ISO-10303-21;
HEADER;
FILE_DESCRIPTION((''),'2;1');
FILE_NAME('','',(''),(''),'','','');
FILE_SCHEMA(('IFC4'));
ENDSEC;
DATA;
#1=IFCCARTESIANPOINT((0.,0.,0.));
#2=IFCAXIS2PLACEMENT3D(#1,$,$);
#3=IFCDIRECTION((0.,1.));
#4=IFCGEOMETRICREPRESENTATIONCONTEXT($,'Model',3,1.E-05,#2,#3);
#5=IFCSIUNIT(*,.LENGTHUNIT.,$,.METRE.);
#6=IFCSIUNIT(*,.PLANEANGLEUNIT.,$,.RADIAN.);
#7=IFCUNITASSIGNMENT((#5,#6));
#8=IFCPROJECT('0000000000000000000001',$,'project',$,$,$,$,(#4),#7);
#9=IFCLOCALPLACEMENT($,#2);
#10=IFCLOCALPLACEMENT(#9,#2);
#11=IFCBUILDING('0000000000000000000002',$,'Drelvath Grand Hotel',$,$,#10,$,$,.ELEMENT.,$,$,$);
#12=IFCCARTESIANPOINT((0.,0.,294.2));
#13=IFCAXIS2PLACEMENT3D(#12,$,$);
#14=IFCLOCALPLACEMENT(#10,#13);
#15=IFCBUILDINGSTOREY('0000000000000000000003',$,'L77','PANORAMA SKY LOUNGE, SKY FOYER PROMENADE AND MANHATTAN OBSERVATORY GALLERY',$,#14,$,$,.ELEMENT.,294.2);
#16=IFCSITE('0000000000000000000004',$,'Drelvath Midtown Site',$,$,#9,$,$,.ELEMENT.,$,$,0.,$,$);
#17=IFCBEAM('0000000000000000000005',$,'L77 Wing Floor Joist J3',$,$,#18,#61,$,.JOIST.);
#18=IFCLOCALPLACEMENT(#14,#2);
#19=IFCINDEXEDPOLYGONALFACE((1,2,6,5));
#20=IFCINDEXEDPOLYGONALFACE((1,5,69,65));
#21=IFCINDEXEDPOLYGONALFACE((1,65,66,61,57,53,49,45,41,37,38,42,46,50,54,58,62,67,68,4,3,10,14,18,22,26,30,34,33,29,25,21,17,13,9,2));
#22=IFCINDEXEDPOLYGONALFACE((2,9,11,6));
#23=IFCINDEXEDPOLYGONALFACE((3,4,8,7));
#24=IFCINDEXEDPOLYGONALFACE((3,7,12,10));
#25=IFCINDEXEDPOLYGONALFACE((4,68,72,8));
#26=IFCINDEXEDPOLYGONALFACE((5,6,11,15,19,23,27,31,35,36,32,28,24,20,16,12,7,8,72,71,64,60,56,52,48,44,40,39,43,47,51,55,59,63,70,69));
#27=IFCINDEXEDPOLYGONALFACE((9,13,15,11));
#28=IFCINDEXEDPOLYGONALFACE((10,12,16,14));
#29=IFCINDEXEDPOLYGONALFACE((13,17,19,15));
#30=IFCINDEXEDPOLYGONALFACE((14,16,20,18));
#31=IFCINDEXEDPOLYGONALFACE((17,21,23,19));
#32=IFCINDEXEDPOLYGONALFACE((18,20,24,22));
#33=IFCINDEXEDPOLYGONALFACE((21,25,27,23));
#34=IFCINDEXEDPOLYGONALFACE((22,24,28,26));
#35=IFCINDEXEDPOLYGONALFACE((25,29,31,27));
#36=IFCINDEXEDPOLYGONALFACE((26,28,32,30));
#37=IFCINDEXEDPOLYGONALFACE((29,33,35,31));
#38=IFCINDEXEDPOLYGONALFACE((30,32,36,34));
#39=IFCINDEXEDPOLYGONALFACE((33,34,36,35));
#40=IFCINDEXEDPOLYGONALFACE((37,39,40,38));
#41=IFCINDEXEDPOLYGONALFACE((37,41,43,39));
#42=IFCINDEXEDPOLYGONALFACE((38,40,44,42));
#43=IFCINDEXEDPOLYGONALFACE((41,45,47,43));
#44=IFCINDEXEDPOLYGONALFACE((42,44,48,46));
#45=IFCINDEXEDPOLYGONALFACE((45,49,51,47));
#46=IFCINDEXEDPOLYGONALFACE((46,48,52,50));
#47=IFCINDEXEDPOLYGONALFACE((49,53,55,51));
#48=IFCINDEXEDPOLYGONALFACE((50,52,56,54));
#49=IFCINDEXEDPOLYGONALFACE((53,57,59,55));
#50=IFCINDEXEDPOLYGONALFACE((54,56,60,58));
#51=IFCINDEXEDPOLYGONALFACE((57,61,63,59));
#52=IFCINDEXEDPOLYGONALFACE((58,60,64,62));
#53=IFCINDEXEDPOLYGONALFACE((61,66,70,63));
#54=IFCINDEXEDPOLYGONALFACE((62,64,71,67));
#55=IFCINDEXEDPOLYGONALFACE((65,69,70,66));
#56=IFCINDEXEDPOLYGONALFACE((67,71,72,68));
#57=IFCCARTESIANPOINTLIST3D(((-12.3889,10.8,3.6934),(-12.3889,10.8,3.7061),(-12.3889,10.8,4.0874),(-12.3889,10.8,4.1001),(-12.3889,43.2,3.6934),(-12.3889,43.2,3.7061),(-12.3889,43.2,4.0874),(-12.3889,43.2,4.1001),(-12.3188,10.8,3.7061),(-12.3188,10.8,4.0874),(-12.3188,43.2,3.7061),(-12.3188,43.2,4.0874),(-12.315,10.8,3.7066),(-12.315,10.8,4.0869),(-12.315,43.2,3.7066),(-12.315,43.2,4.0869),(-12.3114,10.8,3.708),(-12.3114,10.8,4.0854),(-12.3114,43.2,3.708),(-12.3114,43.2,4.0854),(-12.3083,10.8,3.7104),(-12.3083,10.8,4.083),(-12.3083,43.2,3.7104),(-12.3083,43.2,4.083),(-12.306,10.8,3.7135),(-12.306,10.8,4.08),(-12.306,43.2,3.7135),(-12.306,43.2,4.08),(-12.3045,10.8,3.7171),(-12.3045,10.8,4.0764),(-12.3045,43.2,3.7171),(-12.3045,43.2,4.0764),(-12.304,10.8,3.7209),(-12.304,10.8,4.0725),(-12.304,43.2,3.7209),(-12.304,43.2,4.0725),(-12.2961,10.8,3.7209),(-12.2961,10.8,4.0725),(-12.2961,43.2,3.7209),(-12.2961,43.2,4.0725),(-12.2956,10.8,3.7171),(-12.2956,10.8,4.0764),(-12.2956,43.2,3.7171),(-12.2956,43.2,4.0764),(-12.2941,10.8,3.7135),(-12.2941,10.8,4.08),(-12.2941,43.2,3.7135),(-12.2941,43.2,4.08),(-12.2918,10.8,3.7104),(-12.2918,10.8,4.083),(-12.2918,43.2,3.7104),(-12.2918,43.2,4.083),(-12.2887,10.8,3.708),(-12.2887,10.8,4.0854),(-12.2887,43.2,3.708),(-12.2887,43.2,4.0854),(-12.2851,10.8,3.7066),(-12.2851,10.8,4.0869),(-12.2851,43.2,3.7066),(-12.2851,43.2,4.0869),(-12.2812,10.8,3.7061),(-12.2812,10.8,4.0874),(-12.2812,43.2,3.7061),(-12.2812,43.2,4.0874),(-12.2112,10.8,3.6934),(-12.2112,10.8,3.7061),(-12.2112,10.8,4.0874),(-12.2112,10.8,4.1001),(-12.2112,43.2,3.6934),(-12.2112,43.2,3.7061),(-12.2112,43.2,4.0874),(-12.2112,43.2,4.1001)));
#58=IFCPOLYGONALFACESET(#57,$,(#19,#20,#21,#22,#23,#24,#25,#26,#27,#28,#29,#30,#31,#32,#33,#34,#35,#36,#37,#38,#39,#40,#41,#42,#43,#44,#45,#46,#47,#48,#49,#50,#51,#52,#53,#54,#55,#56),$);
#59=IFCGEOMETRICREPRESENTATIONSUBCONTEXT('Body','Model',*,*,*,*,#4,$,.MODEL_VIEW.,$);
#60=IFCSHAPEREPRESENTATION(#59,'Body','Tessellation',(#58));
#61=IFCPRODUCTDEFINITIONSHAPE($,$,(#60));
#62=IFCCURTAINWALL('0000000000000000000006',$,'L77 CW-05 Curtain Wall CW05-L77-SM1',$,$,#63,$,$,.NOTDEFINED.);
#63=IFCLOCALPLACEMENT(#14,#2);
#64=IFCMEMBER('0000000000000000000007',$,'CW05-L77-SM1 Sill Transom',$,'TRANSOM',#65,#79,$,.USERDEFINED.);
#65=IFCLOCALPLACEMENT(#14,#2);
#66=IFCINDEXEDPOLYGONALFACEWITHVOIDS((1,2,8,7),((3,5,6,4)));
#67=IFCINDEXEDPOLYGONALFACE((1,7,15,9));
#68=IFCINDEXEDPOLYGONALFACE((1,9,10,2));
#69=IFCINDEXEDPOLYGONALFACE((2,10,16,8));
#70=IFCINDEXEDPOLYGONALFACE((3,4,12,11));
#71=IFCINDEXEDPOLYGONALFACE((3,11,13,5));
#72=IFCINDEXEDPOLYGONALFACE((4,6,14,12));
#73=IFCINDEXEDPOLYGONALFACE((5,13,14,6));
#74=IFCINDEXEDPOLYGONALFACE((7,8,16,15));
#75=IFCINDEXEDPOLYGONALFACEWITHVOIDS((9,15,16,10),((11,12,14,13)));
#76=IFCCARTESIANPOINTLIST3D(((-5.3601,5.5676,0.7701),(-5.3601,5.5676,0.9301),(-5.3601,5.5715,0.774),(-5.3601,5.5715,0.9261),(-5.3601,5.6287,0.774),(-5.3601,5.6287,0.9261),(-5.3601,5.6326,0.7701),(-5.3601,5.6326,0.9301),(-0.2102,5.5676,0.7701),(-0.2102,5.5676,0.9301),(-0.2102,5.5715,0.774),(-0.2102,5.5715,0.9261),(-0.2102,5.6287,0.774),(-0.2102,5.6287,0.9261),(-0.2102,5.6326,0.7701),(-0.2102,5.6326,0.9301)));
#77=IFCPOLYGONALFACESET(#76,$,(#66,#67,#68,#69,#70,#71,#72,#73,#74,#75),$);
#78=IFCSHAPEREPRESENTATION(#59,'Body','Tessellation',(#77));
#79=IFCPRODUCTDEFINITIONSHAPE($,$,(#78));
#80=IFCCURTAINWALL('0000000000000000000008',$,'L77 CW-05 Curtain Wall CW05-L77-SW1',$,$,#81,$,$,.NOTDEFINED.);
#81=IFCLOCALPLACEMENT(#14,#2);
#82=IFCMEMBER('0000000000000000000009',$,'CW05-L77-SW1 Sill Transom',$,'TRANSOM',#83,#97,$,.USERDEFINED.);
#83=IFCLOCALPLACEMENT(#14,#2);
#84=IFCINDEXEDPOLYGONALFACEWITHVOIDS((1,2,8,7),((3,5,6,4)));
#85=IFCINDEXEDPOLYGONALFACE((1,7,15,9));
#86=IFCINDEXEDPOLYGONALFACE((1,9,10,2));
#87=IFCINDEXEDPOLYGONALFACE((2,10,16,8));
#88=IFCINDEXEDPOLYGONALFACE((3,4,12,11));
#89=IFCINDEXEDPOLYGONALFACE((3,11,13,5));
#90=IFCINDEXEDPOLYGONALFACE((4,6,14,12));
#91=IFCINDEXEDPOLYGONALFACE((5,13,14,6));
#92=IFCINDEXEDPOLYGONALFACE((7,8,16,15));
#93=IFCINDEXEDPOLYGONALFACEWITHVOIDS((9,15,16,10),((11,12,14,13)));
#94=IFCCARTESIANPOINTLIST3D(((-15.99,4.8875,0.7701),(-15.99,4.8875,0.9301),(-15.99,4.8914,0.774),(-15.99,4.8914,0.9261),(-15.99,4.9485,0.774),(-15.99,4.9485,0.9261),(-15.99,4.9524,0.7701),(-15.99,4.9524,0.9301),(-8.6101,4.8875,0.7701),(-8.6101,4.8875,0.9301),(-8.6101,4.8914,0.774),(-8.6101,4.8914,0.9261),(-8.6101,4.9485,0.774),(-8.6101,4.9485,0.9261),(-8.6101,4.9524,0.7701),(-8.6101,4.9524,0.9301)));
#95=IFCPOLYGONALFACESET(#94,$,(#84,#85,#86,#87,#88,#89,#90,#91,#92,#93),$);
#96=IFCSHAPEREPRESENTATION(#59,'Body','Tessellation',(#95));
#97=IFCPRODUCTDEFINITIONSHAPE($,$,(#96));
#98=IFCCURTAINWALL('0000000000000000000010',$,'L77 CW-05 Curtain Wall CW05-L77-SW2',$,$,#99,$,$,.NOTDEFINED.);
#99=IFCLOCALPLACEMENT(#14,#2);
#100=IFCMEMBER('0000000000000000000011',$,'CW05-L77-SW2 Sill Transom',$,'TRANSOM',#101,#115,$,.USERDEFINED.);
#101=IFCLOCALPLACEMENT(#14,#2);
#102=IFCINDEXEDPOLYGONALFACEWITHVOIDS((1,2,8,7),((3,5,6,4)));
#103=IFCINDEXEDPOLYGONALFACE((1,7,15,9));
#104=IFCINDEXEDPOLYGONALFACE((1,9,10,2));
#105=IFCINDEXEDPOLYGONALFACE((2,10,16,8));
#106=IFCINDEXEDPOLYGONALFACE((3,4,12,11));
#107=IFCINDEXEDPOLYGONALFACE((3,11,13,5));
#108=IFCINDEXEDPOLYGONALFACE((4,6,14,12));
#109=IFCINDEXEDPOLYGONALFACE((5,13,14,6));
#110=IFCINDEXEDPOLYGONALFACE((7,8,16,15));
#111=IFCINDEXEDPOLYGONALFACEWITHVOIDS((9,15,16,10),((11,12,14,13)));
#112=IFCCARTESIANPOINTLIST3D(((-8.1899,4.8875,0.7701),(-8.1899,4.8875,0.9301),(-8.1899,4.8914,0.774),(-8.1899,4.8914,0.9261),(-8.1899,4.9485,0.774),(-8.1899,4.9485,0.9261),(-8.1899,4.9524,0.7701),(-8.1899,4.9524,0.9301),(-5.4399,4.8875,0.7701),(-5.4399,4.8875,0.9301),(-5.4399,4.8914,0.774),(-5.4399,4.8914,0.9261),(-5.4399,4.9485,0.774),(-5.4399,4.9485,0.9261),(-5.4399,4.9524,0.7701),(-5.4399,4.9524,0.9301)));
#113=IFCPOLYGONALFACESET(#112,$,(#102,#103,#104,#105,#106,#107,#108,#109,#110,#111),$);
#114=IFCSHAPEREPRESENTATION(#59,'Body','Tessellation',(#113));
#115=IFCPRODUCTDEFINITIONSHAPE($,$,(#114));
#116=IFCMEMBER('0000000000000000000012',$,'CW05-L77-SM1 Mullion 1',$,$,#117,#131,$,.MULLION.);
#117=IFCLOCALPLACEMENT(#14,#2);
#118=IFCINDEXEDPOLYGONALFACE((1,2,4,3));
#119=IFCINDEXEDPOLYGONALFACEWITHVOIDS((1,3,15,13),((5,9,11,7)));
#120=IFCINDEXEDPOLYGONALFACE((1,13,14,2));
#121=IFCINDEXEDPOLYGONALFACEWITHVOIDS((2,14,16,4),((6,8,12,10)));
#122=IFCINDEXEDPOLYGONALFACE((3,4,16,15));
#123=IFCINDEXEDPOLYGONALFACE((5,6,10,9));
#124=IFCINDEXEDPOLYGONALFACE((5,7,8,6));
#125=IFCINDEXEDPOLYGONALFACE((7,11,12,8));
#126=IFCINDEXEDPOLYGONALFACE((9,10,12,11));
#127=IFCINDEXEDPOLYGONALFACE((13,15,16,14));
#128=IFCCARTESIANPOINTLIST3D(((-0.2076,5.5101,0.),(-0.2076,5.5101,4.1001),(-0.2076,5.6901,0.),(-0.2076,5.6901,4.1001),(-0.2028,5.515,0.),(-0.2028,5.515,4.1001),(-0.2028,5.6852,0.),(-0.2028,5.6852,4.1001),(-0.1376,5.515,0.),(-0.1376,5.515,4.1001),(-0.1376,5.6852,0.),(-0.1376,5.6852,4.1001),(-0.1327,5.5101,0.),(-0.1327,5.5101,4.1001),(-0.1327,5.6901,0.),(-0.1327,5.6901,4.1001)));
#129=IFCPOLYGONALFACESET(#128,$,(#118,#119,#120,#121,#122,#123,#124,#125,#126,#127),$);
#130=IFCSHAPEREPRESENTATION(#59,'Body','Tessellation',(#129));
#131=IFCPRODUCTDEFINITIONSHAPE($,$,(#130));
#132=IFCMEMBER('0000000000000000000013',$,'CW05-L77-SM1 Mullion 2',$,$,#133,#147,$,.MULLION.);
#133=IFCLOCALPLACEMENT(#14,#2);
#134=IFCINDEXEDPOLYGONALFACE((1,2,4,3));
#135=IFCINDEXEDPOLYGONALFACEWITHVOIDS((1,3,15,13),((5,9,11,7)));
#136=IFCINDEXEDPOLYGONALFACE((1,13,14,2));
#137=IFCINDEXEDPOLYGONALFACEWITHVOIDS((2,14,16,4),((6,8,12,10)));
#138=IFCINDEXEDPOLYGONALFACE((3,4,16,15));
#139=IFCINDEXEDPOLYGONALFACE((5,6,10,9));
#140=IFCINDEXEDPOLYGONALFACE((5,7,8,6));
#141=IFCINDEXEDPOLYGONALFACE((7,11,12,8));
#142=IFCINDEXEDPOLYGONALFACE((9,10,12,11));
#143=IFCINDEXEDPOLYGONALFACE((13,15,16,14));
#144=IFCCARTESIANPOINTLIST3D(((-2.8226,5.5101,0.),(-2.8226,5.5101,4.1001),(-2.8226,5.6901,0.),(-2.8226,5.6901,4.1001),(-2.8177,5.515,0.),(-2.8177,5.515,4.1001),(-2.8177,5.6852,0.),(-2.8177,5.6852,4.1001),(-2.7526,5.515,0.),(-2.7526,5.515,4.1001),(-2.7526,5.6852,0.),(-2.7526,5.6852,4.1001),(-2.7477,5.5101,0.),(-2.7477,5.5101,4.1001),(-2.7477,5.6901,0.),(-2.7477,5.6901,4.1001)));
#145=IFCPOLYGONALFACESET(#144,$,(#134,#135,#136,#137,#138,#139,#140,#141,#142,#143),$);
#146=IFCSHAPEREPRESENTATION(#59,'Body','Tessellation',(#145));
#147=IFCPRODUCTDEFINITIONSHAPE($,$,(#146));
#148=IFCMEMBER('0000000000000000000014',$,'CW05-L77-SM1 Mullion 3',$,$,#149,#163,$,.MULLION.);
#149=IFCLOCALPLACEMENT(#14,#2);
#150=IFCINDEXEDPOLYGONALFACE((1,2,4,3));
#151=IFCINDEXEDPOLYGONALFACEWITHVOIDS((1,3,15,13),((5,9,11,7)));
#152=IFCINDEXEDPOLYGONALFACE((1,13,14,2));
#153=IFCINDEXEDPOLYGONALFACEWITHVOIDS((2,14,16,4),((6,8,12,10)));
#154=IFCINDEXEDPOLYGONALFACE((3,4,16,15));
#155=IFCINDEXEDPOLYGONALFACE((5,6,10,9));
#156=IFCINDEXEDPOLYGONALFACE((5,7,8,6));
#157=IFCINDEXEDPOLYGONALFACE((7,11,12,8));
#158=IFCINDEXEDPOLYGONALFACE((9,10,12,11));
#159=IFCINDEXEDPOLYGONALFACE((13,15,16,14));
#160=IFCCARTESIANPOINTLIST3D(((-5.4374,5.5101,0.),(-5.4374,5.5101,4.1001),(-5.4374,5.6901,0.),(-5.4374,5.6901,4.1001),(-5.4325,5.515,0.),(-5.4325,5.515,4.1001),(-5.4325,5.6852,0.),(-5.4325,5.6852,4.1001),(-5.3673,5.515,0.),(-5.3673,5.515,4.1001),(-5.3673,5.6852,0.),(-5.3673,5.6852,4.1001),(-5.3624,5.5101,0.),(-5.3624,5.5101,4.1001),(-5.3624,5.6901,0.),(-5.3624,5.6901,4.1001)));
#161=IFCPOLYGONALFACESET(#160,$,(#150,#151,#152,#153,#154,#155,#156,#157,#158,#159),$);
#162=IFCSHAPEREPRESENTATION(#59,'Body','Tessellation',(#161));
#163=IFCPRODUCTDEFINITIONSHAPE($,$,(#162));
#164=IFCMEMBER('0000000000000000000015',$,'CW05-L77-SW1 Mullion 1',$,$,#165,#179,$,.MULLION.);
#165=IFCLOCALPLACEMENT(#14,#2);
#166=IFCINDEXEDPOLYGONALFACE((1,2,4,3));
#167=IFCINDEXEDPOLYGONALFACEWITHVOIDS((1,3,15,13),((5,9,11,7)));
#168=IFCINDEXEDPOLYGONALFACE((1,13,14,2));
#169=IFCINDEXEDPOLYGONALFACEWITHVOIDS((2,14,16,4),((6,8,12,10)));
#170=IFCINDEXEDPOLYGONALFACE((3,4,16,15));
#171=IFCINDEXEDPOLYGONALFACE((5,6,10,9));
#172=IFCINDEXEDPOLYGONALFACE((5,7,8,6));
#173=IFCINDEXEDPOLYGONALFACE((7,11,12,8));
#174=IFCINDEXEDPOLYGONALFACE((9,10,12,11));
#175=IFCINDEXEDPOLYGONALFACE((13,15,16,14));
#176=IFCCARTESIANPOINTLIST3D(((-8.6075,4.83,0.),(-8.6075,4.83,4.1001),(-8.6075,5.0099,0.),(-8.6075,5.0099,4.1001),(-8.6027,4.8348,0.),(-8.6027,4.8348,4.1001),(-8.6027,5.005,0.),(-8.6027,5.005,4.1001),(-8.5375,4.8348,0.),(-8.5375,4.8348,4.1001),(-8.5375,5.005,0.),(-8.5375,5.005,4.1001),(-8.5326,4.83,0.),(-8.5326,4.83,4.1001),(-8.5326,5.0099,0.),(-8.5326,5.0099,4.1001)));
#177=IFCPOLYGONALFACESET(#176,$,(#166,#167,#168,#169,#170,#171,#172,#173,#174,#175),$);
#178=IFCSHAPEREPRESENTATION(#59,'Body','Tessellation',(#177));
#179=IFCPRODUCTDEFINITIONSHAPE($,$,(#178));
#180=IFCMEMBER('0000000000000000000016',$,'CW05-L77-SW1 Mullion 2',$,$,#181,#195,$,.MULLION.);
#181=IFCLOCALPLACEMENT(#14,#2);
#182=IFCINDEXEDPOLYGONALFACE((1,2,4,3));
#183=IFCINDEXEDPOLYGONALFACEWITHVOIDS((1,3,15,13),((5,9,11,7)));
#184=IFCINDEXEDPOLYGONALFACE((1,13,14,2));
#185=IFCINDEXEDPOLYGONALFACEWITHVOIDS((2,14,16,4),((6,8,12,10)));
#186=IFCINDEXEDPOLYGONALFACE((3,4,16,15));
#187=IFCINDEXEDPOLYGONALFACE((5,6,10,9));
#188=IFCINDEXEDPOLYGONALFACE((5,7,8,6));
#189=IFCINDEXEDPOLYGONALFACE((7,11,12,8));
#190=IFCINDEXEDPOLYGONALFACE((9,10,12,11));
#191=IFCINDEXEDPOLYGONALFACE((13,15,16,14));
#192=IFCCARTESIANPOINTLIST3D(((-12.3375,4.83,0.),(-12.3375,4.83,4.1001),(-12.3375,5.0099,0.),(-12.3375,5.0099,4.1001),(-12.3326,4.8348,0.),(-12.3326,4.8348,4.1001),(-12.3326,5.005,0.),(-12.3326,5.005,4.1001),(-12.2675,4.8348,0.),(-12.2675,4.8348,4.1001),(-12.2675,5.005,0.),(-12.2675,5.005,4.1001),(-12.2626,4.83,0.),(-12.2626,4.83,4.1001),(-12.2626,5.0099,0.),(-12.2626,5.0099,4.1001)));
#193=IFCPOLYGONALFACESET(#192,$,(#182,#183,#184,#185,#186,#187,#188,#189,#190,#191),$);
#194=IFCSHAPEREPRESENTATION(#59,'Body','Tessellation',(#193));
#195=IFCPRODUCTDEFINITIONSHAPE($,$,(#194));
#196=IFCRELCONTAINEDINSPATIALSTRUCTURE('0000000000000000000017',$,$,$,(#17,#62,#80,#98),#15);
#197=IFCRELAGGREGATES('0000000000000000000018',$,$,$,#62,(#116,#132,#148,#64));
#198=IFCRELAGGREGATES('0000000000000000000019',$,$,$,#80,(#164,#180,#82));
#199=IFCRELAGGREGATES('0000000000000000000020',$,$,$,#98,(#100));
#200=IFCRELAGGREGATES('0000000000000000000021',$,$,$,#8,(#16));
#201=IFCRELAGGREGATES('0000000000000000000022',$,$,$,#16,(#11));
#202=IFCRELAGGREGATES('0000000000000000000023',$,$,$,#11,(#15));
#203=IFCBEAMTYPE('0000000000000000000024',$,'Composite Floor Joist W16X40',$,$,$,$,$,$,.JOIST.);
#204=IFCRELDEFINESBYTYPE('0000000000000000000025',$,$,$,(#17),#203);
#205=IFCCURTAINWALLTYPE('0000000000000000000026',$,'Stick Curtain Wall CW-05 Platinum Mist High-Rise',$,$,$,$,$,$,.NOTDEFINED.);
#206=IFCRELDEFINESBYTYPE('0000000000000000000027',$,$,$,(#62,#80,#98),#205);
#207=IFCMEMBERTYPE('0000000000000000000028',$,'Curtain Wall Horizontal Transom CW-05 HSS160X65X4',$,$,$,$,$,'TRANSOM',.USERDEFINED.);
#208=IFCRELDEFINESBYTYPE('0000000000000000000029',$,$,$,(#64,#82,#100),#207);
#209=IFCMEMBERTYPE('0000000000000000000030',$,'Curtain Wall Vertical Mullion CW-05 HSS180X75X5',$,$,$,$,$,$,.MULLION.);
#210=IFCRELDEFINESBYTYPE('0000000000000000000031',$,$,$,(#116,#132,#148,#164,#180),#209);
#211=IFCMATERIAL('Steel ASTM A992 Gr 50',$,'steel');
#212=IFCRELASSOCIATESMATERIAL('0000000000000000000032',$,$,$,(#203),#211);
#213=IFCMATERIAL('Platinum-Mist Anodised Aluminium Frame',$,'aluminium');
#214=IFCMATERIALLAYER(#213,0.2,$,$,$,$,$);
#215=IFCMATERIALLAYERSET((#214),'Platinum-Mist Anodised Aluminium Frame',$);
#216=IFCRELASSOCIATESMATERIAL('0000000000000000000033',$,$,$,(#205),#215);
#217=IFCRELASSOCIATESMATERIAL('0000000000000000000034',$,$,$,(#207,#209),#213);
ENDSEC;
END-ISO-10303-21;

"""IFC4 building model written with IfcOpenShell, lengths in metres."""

from ifc_helpers import new_model, si_unit, direction, frame, origin, origin_2d, place, context, subcontext, project, spatial, hollow_rectangle, i_section, extrude, material, layer, layer_set, material_profile, profile_set, type_object, element, aggregate, save


model = new_model("IFC4")

# Units and contexts
model_context = context("Model", 3, precision=1e-05, world=origin(), true_north=direction((0.0, 1.0)))
body_context = subcontext(model_context, "Body", "Model", "MODEL_VIEW")
ifc_project = project(units=[si_unit("LENGTHUNIT", "METRE"), si_unit("PLANEANGLEUNIT", "RADIAN")], contexts=[model_context])

# Site, building, storey
site_placement = place(None, origin())
site = spatial("IfcSite", under=ifc_project, at=site_placement, Name="Drelvath Midtown Site", CompositionType="ELEMENT", RefElevation=0.0)
building_placement = place(site_placement, origin())
building = spatial("IfcBuilding", under=site, at=building_placement, Name="Drelvath Grand Hotel", CompositionType="ELEMENT")
storey_placement = place(building_placement, frame((0.0, 0.0, 294.2)))
storey = spatial("IfcBuildingStorey", under=building, at=storey_placement, Name="L77", Description="PANORAMA SKY LOUNGE, SKY FOYER PROMENADE AND MANHATTAN OBSERVATORY GALLERY", CompositionType="ELEMENT", Elevation=294.2)

# Beam
ifc_material_1 = material(Name="Steel ASTM A992 Gr 50", Category="steel")
ifc_material_profile_1 = material_profile(ifc_material_1, i_section(OverallWidth=0.1777, OverallDepth=0.4067, WebThickness=0.0078, FlangeThickness=0.0127, FilletRadius=0.0149, at=origin_2d()), Name="W16X40")
ifc_profile_set_1 = profile_set([ifc_material_profile_1], Name="Steel ASTM A992 Gr 50")
beam_type_1 = type_object("IfcBeamType", Name="Composite Floor Joist W16X40", PredefinedType="JOIST", material=ifc_profile_set_1)
beam_1_placement = place(storey_placement, frame((-12.3, 10.8, 3.8967), z_axis=(0.0, 1.0, 0.0), x_axis=(-1.0, 0.0, 0.0)))
element("IfcBeam", 1, at=beam_1_placement, inside=storey, type_object=beam_type_1, Name="L77 Wing Floor Joist J3", PredefinedType="JOIST", context=body_context, shape_type="SweptSolid", body=[
    extrude(i_section(OverallWidth=0.1777, OverallDepth=0.4067, WebThickness=0.0078, FlangeThickness=0.0127, FilletRadius=0.0149, at=origin_2d()), origin(), (0.0, 0.0, 1.0), 32.3999),
])

# Curtain walls, members
ifc_material_2 = material(Name="Platinum-Mist Anodised Aluminium Frame", Category="aluminium")
ifc_layer_1 = layer(ifc_material_2, 0.2)
ifc_layer_set_1 = layer_set([ifc_layer_1], Name="Platinum-Mist Anodised Aluminium Frame")
curtain_wall_type = type_object("IfcCurtainWallType", Name="Stick Curtain Wall CW-05 Platinum Mist High-Rise", PredefinedType="NOTDEFINED", material=ifc_layer_set_1)
curtain_wall_1_placement = place(storey_placement, origin())
curtain_wall_1 = element("IfcCurtainWall", 2, at=curtain_wall_1_placement, inside=storey, type_object=curtain_wall_type, Name="L77 CW-05 Curtain Wall CW05-L77-SM1", PredefinedType="NOTDEFINED")
ifc_material_profile_2 = material_profile(ifc_material_2, hollow_rectangle(XDim=0.0649, YDim=0.1599, WallThickness=0.0039, at=origin_2d()), Name="HSS160X65X4")
ifc_profile_set_2 = profile_set([ifc_material_profile_2], Name="Platinum-Mist Anodised Aluminium Frame")
member_type_1 = type_object("IfcMemberType", Name="Curtain Wall Horizontal Transom CW-05 HSS160X65X4", ElementType="TRANSOM", PredefinedType="USERDEFINED", material=ifc_profile_set_2)
member_1_placement = place(storey_placement, frame((-0.2102, 5.6001, 0.8501), z_axis=(-1.0, 0.0, 0.0), x_axis=(0.0, -1.0, 0.0)))
member_1 = element("IfcMember", 3, at=member_1_placement, type_object=member_type_1, Name="CW05-L77-SM1 Sill Transom", ObjectType="TRANSOM", PredefinedType="USERDEFINED", context=body_context, shape_type="SweptSolid", body=[
    extrude(hollow_rectangle(XDim=0.0649, YDim=0.1599, WallThickness=0.0039, at=origin_2d()), origin(), (0.0, 0.0, 1.0), 5.1499),
])
curtain_wall_2_placement = place(storey_placement, origin())
curtain_wall_2 = element("IfcCurtainWall", 4, at=curtain_wall_2_placement, inside=storey, type_object=curtain_wall_type, Name="L77 CW-05 Curtain Wall CW05-L77-SW1", PredefinedType="NOTDEFINED")
member_2_placement = place(storey_placement, frame((-8.6101, 4.9199, 0.8501), z_axis=(-1.0, 0.0, 0.0), x_axis=(0.0, -1.0, 0.0)))
member_2 = element("IfcMember", 5, at=member_2_placement, type_object=member_type_1, Name="CW05-L77-SW1 Sill Transom", ObjectType="TRANSOM", PredefinedType="USERDEFINED", context=body_context, shape_type="SweptSolid", body=[
    extrude(hollow_rectangle(XDim=0.0649, YDim=0.1599, WallThickness=0.0039, at=origin_2d()), origin(), (0.0, 0.0, 1.0), 7.3799),
])
curtain_wall_3_placement = place(storey_placement, origin())
curtain_wall_3 = element("IfcCurtainWall", 6, at=curtain_wall_3_placement, inside=storey, type_object=curtain_wall_type, Name="L77 CW-05 Curtain Wall CW05-L77-SW2", PredefinedType="NOTDEFINED")
member_3_placement = place(storey_placement, frame((-5.4399, 4.9199, 0.8501), z_axis=(-1.0, 0.0, 0.0), x_axis=(0.0, -1.0, 0.0)))
member_3 = element("IfcMember", 7, at=member_3_placement, type_object=member_type_1, Name="CW05-L77-SW2 Sill Transom", ObjectType="TRANSOM", PredefinedType="USERDEFINED", context=body_context, shape_type="SweptSolid", body=[
    extrude(hollow_rectangle(XDim=0.0649, YDim=0.1599, WallThickness=0.0039, at=origin_2d()), origin(), (0.0, 0.0, 1.0), 2.75),
])

# Members
ifc_material_profile_3 = material_profile(ifc_material_2, hollow_rectangle(XDim=0.075, YDim=0.1799, WallThickness=0.0049, at=origin_2d()), Name="HSS180X75X5")
ifc_profile_set_3 = profile_set([ifc_material_profile_3], Name="Platinum-Mist Anodised Aluminium Frame")
member_type_2 = type_object("IfcMemberType", Name="Curtain Wall Vertical Mullion CW-05 HSS180X75X5", PredefinedType="MULLION", material=ifc_profile_set_3)
member_4_placement = place(storey_placement, frame((-0.1702, 5.6001, 0.0), z_axis=(0.0, 0.0, 1.0), x_axis=(1.0, 0.0, 0.0)))
member_4 = element("IfcMember", 8, at=member_4_placement, type_object=member_type_2, Name="CW05-L77-SM1 Mullion 1", PredefinedType="MULLION", context=body_context, shape_type="SweptSolid", body=[
    extrude(hollow_rectangle(XDim=0.075, YDim=0.1799, WallThickness=0.0049, at=origin_2d()), origin(), (0.0, 0.0, 1.0), 4.1001),
])
member_5_placement = place(storey_placement, frame((-2.7852, 5.6001, 0.0), z_axis=(0.0, 0.0, 1.0), x_axis=(1.0, 0.0, 0.0)))
member_5 = element("IfcMember", 9, at=member_5_placement, type_object=member_type_2, Name="CW05-L77-SM1 Mullion 2", PredefinedType="MULLION", context=body_context, shape_type="SweptSolid", body=[
    extrude(hollow_rectangle(XDim=0.075, YDim=0.1799, WallThickness=0.0049, at=origin_2d()), origin(), (0.0, 0.0, 1.0), 4.1001),
])
member_6_placement = place(storey_placement, frame((-5.3999, 5.6001, 0.0), z_axis=(0.0, 0.0, 1.0), x_axis=(1.0, 0.0, 0.0)))
member_6 = element("IfcMember", 10, at=member_6_placement, type_object=member_type_2, Name="CW05-L77-SM1 Mullion 3", PredefinedType="MULLION", context=body_context, shape_type="SweptSolid", body=[
    extrude(hollow_rectangle(XDim=0.075, YDim=0.1799, WallThickness=0.0049, at=origin_2d()), origin(), (0.0, 0.0, 1.0), 4.1001),
])
member_7_placement = place(storey_placement, frame((-8.5701, 4.9199, 0.0), z_axis=(0.0, 0.0, 1.0), x_axis=(1.0, 0.0, 0.0)))
member_7 = element("IfcMember", 11, at=member_7_placement, type_object=member_type_2, Name="CW05-L77-SW1 Mullion 1", PredefinedType="MULLION", context=body_context, shape_type="SweptSolid", body=[
    extrude(hollow_rectangle(XDim=0.075, YDim=0.1799, WallThickness=0.0049, at=origin_2d()), origin(), (0.0, 0.0, 1.0), 4.1001),
])
member_8_placement = place(storey_placement, frame((-12.3, 4.9199, 0.0), z_axis=(0.0, 0.0, 1.0), x_axis=(1.0, 0.0, 0.0)))
member_8 = element("IfcMember", 12, at=member_8_placement, type_object=member_type_2, Name="CW05-L77-SW1 Mullion 2", PredefinedType="MULLION", context=body_context, shape_type="SweptSolid", body=[
    extrude(hollow_rectangle(XDim=0.075, YDim=0.1799, WallThickness=0.0049, at=origin_2d()), origin(), (0.0, 0.0, 1.0), 4.1001),
])

aggregate(curtain_wall_1, [member_4, member_5, member_6, member_1])
aggregate(curtain_wall_2, [member_7, member_8, member_2])
aggregate(curtain_wall_3, [member_3])

save(model, "model.ifc")
